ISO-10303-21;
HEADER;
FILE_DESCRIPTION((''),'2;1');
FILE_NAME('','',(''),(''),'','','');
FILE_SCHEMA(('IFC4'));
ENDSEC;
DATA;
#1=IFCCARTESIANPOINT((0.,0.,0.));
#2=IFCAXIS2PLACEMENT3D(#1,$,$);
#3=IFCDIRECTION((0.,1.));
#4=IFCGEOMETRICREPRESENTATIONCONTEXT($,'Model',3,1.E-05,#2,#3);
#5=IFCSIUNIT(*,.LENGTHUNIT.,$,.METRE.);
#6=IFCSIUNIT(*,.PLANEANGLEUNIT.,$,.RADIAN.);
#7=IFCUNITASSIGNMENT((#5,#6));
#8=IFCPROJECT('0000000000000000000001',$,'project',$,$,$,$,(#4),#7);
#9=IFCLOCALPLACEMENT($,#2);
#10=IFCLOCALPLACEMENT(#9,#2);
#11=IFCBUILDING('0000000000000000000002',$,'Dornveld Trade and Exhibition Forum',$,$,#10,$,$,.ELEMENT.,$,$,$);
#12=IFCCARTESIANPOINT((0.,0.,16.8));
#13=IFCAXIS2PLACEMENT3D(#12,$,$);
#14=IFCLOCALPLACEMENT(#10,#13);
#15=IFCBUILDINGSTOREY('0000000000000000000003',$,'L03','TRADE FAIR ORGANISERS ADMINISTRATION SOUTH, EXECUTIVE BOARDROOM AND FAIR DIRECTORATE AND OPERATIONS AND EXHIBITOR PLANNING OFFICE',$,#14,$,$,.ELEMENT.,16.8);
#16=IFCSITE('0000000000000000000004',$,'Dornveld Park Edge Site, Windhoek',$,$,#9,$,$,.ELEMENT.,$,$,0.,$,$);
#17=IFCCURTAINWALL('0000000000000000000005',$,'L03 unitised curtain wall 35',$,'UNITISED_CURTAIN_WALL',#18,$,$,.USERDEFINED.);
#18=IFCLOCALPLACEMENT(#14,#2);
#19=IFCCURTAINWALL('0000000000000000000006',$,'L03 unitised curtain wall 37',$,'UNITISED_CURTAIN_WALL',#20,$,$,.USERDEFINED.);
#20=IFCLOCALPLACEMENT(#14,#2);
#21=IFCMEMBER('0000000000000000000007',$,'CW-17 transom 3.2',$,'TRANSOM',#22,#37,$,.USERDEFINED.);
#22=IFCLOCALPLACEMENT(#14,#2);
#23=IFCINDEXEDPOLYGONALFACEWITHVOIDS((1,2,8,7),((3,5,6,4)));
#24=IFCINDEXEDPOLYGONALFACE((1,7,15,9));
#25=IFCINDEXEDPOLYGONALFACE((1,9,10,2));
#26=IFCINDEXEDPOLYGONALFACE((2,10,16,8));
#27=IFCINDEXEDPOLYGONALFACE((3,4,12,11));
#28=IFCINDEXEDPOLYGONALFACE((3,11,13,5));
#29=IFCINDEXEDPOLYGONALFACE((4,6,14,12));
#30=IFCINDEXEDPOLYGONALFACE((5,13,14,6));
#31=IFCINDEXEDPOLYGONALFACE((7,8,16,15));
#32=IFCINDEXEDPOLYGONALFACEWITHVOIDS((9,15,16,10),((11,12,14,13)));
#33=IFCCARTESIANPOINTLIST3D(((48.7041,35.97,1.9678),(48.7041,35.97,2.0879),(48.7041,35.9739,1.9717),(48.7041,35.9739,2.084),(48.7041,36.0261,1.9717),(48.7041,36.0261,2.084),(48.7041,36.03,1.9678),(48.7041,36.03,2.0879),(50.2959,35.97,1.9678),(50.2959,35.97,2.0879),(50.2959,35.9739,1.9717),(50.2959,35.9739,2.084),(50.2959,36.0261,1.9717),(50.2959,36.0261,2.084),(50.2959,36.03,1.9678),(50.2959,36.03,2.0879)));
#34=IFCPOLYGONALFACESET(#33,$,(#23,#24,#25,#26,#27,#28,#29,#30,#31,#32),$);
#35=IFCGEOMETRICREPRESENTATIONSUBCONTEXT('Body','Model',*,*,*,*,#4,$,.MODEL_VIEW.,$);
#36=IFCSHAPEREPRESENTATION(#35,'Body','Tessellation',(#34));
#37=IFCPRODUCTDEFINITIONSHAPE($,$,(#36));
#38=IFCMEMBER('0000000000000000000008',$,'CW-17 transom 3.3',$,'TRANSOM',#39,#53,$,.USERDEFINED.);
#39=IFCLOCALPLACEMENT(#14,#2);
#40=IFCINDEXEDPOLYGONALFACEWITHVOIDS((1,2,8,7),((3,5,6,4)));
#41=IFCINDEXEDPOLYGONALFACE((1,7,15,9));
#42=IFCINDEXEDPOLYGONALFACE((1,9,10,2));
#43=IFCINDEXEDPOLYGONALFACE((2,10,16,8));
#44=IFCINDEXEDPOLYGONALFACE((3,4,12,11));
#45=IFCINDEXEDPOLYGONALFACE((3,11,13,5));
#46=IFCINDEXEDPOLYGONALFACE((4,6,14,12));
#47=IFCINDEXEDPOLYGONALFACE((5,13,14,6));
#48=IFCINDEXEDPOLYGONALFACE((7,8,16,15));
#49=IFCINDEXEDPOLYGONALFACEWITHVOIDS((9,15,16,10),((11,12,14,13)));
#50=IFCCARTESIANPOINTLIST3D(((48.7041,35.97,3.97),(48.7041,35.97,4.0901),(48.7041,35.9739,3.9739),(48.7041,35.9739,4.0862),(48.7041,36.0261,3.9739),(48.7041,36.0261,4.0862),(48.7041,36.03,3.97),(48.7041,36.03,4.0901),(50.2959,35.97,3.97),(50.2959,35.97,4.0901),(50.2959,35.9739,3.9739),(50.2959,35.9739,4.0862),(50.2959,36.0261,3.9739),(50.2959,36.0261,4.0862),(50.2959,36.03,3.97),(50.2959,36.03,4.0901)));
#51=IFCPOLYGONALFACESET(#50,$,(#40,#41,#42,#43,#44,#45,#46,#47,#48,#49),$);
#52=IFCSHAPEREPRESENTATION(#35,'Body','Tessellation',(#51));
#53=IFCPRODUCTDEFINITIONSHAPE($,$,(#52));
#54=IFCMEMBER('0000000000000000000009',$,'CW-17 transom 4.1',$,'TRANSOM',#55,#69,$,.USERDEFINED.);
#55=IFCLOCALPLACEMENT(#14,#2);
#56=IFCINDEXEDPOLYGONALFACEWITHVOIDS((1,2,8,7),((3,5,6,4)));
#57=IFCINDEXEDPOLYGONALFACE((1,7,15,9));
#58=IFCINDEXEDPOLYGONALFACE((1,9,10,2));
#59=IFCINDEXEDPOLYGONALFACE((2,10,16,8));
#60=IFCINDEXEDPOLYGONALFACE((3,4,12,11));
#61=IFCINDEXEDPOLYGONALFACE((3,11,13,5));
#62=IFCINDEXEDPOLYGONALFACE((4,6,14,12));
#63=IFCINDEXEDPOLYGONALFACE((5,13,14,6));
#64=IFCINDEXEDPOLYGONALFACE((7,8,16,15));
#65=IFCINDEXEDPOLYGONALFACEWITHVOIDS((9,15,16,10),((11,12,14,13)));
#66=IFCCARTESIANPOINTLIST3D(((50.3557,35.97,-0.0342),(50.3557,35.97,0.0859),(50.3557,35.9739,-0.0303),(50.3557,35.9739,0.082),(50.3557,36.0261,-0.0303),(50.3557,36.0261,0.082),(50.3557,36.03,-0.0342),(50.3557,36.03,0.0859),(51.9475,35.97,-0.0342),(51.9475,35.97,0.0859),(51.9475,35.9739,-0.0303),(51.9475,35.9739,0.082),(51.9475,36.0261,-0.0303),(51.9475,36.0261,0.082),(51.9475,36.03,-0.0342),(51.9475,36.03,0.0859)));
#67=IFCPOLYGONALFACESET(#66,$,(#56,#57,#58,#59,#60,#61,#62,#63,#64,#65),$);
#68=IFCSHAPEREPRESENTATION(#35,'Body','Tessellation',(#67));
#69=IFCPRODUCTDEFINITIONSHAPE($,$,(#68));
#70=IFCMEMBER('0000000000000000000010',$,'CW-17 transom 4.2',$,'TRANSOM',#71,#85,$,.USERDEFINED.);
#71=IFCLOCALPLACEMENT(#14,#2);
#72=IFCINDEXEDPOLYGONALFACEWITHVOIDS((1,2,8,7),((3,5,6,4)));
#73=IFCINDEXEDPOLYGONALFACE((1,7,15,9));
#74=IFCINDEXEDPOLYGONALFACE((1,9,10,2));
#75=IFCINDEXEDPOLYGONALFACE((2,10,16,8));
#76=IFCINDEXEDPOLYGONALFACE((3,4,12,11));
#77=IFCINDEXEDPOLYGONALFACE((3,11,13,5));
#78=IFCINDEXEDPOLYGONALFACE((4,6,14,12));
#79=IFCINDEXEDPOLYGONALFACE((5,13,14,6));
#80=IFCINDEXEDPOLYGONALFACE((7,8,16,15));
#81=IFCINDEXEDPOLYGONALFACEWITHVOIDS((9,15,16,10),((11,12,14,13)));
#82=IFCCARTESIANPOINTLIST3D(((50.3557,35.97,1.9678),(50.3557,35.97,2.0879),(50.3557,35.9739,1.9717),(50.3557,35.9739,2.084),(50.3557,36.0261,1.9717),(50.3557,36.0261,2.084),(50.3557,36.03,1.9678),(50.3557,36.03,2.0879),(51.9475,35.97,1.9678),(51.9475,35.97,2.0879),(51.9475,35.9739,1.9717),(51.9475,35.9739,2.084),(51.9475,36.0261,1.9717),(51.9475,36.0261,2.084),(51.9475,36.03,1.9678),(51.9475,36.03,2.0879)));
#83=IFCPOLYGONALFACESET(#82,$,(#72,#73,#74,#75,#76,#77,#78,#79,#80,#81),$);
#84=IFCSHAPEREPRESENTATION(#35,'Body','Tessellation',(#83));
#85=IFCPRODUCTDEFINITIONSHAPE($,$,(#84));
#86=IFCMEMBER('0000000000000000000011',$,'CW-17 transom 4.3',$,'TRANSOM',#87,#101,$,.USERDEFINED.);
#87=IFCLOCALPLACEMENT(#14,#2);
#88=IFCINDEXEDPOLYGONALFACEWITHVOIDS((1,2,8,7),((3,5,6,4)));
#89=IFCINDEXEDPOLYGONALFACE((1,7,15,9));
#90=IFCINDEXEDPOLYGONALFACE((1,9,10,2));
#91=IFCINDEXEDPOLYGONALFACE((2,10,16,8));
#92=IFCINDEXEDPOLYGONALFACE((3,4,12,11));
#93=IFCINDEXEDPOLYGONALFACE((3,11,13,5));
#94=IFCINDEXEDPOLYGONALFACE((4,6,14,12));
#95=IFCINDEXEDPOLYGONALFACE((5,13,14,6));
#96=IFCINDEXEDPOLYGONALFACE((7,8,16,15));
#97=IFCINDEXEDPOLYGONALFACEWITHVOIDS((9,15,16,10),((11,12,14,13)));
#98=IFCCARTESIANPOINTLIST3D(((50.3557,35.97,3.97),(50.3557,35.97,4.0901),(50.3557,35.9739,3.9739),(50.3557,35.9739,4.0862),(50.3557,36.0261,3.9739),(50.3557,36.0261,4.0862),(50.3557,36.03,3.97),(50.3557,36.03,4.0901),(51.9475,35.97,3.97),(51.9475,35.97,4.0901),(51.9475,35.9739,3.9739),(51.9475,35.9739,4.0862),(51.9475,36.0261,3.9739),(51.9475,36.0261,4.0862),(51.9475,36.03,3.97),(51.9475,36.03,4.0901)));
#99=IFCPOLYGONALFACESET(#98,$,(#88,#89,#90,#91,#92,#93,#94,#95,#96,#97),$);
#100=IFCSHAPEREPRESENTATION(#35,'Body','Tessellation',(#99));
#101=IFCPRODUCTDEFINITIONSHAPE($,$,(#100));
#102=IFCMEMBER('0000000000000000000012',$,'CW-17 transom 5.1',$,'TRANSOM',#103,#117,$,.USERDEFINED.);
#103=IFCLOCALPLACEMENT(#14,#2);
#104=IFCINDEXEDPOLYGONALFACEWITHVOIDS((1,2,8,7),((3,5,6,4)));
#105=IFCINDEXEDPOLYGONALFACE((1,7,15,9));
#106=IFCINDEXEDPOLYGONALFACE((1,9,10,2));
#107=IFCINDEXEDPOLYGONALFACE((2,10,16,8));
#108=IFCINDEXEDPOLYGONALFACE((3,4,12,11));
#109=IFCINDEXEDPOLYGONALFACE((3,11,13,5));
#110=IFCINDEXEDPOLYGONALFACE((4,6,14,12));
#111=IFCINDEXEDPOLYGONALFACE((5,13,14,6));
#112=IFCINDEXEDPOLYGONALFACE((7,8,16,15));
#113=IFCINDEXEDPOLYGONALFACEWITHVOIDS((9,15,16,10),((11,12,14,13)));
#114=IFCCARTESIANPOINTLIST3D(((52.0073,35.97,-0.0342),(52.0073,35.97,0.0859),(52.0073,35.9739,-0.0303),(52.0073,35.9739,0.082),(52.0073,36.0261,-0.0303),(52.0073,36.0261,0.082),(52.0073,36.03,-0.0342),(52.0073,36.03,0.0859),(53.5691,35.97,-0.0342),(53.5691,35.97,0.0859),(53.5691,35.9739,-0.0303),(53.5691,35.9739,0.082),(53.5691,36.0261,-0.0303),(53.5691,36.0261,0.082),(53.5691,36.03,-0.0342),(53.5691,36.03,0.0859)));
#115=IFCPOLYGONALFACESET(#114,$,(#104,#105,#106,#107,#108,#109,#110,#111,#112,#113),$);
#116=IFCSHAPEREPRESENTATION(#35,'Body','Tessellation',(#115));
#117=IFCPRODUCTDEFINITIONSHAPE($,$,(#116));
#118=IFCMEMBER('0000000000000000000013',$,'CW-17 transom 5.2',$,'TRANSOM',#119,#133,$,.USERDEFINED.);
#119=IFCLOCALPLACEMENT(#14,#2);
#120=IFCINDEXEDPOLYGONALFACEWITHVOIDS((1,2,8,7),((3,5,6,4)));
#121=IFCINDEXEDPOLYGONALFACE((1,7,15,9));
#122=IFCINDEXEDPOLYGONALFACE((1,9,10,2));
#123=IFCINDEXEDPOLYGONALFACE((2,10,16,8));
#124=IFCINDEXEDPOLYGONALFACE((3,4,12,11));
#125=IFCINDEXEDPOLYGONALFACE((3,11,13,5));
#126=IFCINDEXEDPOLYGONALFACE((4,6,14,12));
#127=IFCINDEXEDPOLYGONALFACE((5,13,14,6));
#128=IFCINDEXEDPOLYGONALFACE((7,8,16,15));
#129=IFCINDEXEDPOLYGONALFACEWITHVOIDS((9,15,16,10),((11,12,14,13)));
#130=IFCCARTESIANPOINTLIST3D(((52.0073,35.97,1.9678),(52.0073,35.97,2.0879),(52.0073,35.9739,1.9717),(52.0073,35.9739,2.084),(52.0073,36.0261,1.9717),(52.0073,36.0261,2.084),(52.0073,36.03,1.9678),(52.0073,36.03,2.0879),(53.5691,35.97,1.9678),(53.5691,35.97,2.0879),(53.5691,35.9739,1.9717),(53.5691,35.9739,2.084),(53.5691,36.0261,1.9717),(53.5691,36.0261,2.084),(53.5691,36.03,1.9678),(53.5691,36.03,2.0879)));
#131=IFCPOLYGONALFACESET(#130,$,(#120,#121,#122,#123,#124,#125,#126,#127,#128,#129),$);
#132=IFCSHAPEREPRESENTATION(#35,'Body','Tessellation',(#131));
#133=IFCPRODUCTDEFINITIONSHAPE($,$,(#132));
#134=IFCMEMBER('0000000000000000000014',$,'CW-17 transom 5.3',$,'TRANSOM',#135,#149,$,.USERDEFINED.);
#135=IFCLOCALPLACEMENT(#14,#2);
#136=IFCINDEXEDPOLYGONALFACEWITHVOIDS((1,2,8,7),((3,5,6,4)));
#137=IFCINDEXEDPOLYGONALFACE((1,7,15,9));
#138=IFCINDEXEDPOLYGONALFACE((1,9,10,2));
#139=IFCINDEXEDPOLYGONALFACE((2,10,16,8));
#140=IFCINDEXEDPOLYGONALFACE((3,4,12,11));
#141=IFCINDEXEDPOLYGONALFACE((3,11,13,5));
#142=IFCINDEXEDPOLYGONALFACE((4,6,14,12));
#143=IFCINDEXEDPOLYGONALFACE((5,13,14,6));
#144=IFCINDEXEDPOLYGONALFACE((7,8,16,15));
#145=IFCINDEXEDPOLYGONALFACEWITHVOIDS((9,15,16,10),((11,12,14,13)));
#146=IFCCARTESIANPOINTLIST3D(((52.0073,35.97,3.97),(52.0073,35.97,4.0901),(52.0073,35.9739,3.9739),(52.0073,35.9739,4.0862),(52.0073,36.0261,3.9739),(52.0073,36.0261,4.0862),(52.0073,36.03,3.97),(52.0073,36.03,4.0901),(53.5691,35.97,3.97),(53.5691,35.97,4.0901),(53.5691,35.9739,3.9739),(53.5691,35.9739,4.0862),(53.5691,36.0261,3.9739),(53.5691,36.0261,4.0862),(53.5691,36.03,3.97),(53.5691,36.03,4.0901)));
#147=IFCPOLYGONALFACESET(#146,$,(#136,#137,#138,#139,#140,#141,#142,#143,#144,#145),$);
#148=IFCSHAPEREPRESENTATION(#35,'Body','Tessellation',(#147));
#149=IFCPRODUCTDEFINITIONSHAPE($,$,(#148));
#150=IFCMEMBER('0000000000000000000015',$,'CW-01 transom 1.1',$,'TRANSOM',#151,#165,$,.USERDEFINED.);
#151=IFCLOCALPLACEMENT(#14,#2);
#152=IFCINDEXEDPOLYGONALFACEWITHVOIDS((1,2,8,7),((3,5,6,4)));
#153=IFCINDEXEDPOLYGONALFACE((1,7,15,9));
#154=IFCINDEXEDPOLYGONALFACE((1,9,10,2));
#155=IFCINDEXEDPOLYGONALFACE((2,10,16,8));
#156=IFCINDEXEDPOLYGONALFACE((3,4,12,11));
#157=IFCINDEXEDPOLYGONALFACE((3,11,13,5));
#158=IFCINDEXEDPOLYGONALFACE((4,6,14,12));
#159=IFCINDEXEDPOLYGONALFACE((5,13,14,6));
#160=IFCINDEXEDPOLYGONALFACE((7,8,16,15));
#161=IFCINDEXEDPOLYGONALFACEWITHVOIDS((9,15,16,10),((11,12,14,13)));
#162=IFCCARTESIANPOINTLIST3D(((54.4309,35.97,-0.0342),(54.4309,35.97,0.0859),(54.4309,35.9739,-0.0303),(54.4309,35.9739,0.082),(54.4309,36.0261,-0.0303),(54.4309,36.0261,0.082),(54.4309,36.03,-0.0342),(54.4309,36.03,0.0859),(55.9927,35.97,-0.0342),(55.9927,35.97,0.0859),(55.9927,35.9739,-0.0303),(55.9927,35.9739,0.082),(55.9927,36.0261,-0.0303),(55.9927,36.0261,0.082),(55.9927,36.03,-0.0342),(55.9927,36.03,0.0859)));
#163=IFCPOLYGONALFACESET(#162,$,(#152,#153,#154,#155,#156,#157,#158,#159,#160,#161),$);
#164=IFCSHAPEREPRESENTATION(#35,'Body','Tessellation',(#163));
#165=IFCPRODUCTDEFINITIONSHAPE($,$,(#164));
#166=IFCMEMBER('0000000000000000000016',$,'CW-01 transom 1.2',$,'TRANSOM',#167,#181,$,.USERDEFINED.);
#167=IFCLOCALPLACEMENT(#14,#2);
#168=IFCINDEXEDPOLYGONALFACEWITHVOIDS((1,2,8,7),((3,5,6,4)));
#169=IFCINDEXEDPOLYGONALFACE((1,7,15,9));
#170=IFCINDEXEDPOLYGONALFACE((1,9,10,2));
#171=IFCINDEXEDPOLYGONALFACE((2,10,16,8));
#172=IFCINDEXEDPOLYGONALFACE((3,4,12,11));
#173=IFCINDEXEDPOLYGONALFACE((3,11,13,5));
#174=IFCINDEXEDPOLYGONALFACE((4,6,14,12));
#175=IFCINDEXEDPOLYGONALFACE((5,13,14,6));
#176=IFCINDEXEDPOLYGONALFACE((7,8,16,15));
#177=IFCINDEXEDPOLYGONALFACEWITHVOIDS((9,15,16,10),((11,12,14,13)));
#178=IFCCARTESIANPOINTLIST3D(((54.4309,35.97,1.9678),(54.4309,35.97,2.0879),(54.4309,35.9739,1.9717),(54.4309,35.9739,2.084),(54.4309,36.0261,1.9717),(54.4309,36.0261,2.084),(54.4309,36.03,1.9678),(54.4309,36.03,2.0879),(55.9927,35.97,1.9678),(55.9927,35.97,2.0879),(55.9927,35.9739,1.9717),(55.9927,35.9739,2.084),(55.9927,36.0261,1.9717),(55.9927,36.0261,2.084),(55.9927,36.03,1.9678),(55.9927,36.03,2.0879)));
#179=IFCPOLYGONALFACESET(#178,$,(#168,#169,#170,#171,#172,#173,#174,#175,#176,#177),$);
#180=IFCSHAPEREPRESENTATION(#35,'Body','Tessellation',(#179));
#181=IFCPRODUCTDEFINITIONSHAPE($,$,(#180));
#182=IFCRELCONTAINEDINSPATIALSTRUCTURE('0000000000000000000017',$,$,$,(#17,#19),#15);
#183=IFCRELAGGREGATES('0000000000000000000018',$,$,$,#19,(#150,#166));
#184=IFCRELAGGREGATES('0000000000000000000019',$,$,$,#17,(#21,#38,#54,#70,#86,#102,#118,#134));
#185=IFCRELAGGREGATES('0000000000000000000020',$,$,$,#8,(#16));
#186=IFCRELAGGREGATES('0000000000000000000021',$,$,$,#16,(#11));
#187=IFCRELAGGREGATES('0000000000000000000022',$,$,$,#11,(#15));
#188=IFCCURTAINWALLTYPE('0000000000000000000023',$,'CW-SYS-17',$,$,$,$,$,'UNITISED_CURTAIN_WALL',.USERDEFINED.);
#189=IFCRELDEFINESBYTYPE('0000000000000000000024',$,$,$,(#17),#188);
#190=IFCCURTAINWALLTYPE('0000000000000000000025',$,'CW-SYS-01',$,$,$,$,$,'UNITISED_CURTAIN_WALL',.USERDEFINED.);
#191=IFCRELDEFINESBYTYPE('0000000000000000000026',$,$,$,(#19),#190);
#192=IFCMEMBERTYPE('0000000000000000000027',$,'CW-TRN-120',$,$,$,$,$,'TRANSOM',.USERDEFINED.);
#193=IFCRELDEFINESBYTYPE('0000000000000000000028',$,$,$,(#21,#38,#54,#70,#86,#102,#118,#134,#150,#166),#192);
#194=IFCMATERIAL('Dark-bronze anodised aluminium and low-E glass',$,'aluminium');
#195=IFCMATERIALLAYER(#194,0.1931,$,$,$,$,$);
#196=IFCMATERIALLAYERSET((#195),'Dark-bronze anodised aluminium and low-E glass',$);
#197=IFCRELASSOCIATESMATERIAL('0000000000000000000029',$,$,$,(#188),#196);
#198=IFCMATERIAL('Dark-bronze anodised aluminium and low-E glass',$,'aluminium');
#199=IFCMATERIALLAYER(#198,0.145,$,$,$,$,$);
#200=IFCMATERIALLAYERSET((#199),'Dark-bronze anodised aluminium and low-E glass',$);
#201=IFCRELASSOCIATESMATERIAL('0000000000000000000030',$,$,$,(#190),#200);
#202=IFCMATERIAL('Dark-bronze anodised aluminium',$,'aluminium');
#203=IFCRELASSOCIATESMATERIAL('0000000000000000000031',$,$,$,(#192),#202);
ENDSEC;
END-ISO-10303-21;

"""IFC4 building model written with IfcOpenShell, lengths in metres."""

from ifc_helpers import new_model, si_unit, direction, frame, origin, origin_2d, place, context, subcontext, project, spatial, hollow_rectangle, extrude, material, layer, layer_set, material_profile, profile_set, type_object, element, aggregate, save


model = new_model("IFC4")

# Units and contexts
model_context = context("Model", 3, precision=1e-05, world=origin(), true_north=direction((0.0, 1.0)))
body_context = subcontext(model_context, "Body", "Model", "MODEL_VIEW")
ifc_project = project(units=[si_unit("LENGTHUNIT", "METRE"), si_unit("PLANEANGLEUNIT", "RADIAN")], contexts=[model_context])

# Site, building, storey
site_placement = place(None, origin())
site = spatial("IfcSite", under=ifc_project, at=site_placement, Name="Dornveld Park Edge Site, Windhoek", CompositionType="ELEMENT", RefElevation=0.0)
building_placement = place(site_placement, origin())
building = spatial("IfcBuilding", under=site, at=building_placement, Name="Dornveld Trade and Exhibition Forum", CompositionType="ELEMENT")
storey_placement = place(building_placement, frame((0.0, 0.0, 16.8)))
storey = spatial("IfcBuildingStorey", under=building, at=storey_placement, Name="L03", Description="TRADE FAIR ORGANISERS ADMINISTRATION SOUTH, EXECUTIVE BOARDROOM AND FAIR DIRECTORATE AND OPERATIONS AND EXHIBITOR PLANNING OFFICE", CompositionType="ELEMENT", Elevation=16.8)

# Curtain wall
ifc_material_1 = material(Name="Dark-bronze anodised aluminium and low-E glass", Category="aluminium")
ifc_layer_1 = layer(ifc_material_1, 0.1931)
ifc_layer_set_1 = layer_set([ifc_layer_1], Name="Dark-bronze anodised aluminium and low-E glass")
curtain_wall_type_1 = type_object("IfcCurtainWallType", Name="CW-SYS-17", ElementType="UNITISED_CURTAIN_WALL", PredefinedType="USERDEFINED", material=ifc_layer_set_1)
curtain_wall_1_placement = place(storey_placement, origin())
curtain_wall_1 = element("IfcCurtainWall", 1, at=curtain_wall_1_placement, inside=storey, type_object=curtain_wall_type_1, Name="L03 unitised curtain wall 35", ObjectType="UNITISED_CURTAIN_WALL", PredefinedType="USERDEFINED")

# Curtain wall
ifc_material_2 = material(Name="Dark-bronze anodised aluminium and low-E glass", Category="aluminium")
ifc_layer_2 = layer(ifc_material_2, 0.145)
ifc_layer_set_2 = layer_set([ifc_layer_2], Name="Dark-bronze anodised aluminium and low-E glass")
curtain_wall_type_2 = type_object("IfcCurtainWallType", Name="CW-SYS-01", ElementType="UNITISED_CURTAIN_WALL", PredefinedType="USERDEFINED", material=ifc_layer_set_2)
curtain_wall_2_placement = place(storey_placement, origin())
curtain_wall_2 = element("IfcCurtainWall", 2, at=curtain_wall_2_placement, inside=storey, type_object=curtain_wall_type_2, Name="L03 unitised curtain wall 37", ObjectType="UNITISED_CURTAIN_WALL", PredefinedType="USERDEFINED")

# Members
ifc_material_3 = material(Name="Dark-bronze anodised aluminium", Category="aluminium")
ifc_material_profile_1 = material_profile(ifc_material_3, hollow_rectangle(XDim=0.0601, YDim=0.1201, WallThickness=0.0039, at=origin_2d()), Name="RHS 120x60x4")
ifc_profile_set_1 = profile_set([ifc_material_profile_1], Name="Dark-bronze anodised aluminium")
member_type_1 = type_object("IfcMemberType", Name="CW-TRN-120", ElementType="TRANSOM", PredefinedType="USERDEFINED", material=ifc_profile_set_1)
member_1_placement = place(storey_placement, frame((48.7041, 36.0, 2.0278), z_axis=(1.0, 0.0, 0.0), x_axis=(0.0, 1.0, 0.0)))
member_1 = element("IfcMember", 3, at=member_1_placement, type_object=member_type_1, Name="CW-17 transom 3.2", ObjectType="TRANSOM", PredefinedType="USERDEFINED", context=body_context, shape_type="SweptSolid", body=[
    extrude(hollow_rectangle(XDim=0.0601, YDim=0.1201, WallThickness=0.0039, at=origin_2d()), origin(), (0.0, 0.0, 1.0), 1.5918),
])
member_2_placement = place(storey_placement, frame((48.7041, 36.0, 4.03), z_axis=(1.0, 0.0, 0.0), x_axis=(0.0, 1.0, 0.0)))
member_2 = element("IfcMember", 4, at=member_2_placement, type_object=member_type_1, Name="CW-17 transom 3.3", ObjectType="TRANSOM", PredefinedType="USERDEFINED", context=body_context, shape_type="SweptSolid", body=[
    extrude(hollow_rectangle(XDim=0.0601, YDim=0.1201, WallThickness=0.0039, at=origin_2d()), origin(), (0.0, 0.0, 1.0), 1.5918),
])
member_3_placement = place(storey_placement, frame((50.3557, 36.0, 0.0259), z_axis=(1.0, 0.0, 0.0), x_axis=(0.0, 1.0, 0.0)))
member_3 = element("IfcMember", 5, at=member_3_placement, type_object=member_type_1, Name="CW-17 transom 4.1", ObjectType="TRANSOM", PredefinedType="USERDEFINED", context=body_context, shape_type="SweptSolid", body=[
    extrude(hollow_rectangle(XDim=0.0601, YDim=0.1201, WallThickness=0.0039, at=origin_2d()), origin(), (0.0, 0.0, 1.0), 1.5918),
])
member_4_placement = place(storey_placement, frame((50.3557, 36.0, 2.0278), z_axis=(1.0, 0.0, 0.0), x_axis=(0.0, 1.0, 0.0)))
member_4 = element("IfcMember", 6, at=member_4_placement, type_object=member_type_1, Name="CW-17 transom 4.2", ObjectType="TRANSOM", PredefinedType="USERDEFINED", context=body_context, shape_type="SweptSolid", body=[
    extrude(hollow_rectangle(XDim=0.0601, YDim=0.1201, WallThickness=0.0039, at=origin_2d()), origin(), (0.0, 0.0, 1.0), 1.5918),
])
member_5_placement = place(storey_placement, frame((50.3557, 36.0, 4.03), z_axis=(1.0, 0.0, 0.0), x_axis=(0.0, 1.0, 0.0)))
member_5 = element("IfcMember", 7, at=member_5_placement, type_object=member_type_1, Name="CW-17 transom 4.3", ObjectType="TRANSOM", PredefinedType="USERDEFINED", context=body_context, shape_type="SweptSolid", body=[
    extrude(hollow_rectangle(XDim=0.0601, YDim=0.1201, WallThickness=0.0039, at=origin_2d()), origin(), (0.0, 0.0, 1.0), 1.5918),
])
member_6_placement = place(storey_placement, frame((52.0073, 36.0, 0.0259), z_axis=(1.0, 0.0, 0.0), x_axis=(0.0, 1.0, 0.0)))
member_6 = element("IfcMember", 8, at=member_6_placement, type_object=member_type_1, Name="CW-17 transom 5.1", ObjectType="TRANSOM", PredefinedType="USERDEFINED", context=body_context, shape_type="SweptSolid", body=[
    extrude(hollow_rectangle(XDim=0.0601, YDim=0.1201, WallThickness=0.0039, at=origin_2d()), origin(), (0.0, 0.0, 1.0), 1.5618),
])
member_7_placement = place(storey_placement, frame((52.0073, 36.0, 2.0278), z_axis=(1.0, 0.0, 0.0), x_axis=(0.0, 1.0, 0.0)))
member_7 = element("IfcMember", 9, at=member_7_placement, type_object=member_type_1, Name="CW-17 transom 5.2", ObjectType="TRANSOM", PredefinedType="USERDEFINED", context=body_context, shape_type="SweptSolid", body=[
    extrude(hollow_rectangle(XDim=0.0601, YDim=0.1201, WallThickness=0.0039, at=origin_2d()), origin(), (0.0, 0.0, 1.0), 1.5618),
])
member_8_placement = place(storey_placement, frame((52.0073, 36.0, 4.03), z_axis=(1.0, 0.0, 0.0), x_axis=(0.0, 1.0, 0.0)))
member_8 = element("IfcMember", 10, at=member_8_placement, type_object=member_type_1, Name="CW-17 transom 5.3", ObjectType="TRANSOM", PredefinedType="USERDEFINED", context=body_context, shape_type="SweptSolid", body=[
    extrude(hollow_rectangle(XDim=0.0601, YDim=0.1201, WallThickness=0.0039, at=origin_2d()), origin(), (0.0, 0.0, 1.0), 1.5618),
])
member_9_placement = place(storey_placement, frame((54.4309, 36.0, 0.0259), z_axis=(1.0, 0.0, 0.0), x_axis=(0.0, 1.0, 0.0)))
member_9 = element("IfcMember", 11, at=member_9_placement, type_object=member_type_1, Name="CW-01 transom 1.1", ObjectType="TRANSOM", PredefinedType="USERDEFINED", context=body_context, shape_type="SweptSolid", body=[
    extrude(hollow_rectangle(XDim=0.0601, YDim=0.1201, WallThickness=0.0039, at=origin_2d()), origin(), (0.0, 0.0, 1.0), 1.5618),
])
member_10_placement = place(storey_placement, frame((54.4309, 36.0, 2.0278), z_axis=(1.0, 0.0, 0.0), x_axis=(0.0, 1.0, 0.0)))
member_10 = element("IfcMember", 12, at=member_10_placement, type_object=member_type_1, Name="CW-01 transom 1.2", ObjectType="TRANSOM", PredefinedType="USERDEFINED", context=body_context, shape_type="SweptSolid", body=[
    extrude(hollow_rectangle(XDim=0.0601, YDim=0.1201, WallThickness=0.0039, at=origin_2d()), origin(), (0.0, 0.0, 1.0), 1.5618),
])
aggregate(curtain_wall_2, [member_9, member_10])

aggregate(curtain_wall_1, [member_1, member_2, member_3, member_4, member_5, member_6, member_7, member_8])

save(model, "model.ifc")
